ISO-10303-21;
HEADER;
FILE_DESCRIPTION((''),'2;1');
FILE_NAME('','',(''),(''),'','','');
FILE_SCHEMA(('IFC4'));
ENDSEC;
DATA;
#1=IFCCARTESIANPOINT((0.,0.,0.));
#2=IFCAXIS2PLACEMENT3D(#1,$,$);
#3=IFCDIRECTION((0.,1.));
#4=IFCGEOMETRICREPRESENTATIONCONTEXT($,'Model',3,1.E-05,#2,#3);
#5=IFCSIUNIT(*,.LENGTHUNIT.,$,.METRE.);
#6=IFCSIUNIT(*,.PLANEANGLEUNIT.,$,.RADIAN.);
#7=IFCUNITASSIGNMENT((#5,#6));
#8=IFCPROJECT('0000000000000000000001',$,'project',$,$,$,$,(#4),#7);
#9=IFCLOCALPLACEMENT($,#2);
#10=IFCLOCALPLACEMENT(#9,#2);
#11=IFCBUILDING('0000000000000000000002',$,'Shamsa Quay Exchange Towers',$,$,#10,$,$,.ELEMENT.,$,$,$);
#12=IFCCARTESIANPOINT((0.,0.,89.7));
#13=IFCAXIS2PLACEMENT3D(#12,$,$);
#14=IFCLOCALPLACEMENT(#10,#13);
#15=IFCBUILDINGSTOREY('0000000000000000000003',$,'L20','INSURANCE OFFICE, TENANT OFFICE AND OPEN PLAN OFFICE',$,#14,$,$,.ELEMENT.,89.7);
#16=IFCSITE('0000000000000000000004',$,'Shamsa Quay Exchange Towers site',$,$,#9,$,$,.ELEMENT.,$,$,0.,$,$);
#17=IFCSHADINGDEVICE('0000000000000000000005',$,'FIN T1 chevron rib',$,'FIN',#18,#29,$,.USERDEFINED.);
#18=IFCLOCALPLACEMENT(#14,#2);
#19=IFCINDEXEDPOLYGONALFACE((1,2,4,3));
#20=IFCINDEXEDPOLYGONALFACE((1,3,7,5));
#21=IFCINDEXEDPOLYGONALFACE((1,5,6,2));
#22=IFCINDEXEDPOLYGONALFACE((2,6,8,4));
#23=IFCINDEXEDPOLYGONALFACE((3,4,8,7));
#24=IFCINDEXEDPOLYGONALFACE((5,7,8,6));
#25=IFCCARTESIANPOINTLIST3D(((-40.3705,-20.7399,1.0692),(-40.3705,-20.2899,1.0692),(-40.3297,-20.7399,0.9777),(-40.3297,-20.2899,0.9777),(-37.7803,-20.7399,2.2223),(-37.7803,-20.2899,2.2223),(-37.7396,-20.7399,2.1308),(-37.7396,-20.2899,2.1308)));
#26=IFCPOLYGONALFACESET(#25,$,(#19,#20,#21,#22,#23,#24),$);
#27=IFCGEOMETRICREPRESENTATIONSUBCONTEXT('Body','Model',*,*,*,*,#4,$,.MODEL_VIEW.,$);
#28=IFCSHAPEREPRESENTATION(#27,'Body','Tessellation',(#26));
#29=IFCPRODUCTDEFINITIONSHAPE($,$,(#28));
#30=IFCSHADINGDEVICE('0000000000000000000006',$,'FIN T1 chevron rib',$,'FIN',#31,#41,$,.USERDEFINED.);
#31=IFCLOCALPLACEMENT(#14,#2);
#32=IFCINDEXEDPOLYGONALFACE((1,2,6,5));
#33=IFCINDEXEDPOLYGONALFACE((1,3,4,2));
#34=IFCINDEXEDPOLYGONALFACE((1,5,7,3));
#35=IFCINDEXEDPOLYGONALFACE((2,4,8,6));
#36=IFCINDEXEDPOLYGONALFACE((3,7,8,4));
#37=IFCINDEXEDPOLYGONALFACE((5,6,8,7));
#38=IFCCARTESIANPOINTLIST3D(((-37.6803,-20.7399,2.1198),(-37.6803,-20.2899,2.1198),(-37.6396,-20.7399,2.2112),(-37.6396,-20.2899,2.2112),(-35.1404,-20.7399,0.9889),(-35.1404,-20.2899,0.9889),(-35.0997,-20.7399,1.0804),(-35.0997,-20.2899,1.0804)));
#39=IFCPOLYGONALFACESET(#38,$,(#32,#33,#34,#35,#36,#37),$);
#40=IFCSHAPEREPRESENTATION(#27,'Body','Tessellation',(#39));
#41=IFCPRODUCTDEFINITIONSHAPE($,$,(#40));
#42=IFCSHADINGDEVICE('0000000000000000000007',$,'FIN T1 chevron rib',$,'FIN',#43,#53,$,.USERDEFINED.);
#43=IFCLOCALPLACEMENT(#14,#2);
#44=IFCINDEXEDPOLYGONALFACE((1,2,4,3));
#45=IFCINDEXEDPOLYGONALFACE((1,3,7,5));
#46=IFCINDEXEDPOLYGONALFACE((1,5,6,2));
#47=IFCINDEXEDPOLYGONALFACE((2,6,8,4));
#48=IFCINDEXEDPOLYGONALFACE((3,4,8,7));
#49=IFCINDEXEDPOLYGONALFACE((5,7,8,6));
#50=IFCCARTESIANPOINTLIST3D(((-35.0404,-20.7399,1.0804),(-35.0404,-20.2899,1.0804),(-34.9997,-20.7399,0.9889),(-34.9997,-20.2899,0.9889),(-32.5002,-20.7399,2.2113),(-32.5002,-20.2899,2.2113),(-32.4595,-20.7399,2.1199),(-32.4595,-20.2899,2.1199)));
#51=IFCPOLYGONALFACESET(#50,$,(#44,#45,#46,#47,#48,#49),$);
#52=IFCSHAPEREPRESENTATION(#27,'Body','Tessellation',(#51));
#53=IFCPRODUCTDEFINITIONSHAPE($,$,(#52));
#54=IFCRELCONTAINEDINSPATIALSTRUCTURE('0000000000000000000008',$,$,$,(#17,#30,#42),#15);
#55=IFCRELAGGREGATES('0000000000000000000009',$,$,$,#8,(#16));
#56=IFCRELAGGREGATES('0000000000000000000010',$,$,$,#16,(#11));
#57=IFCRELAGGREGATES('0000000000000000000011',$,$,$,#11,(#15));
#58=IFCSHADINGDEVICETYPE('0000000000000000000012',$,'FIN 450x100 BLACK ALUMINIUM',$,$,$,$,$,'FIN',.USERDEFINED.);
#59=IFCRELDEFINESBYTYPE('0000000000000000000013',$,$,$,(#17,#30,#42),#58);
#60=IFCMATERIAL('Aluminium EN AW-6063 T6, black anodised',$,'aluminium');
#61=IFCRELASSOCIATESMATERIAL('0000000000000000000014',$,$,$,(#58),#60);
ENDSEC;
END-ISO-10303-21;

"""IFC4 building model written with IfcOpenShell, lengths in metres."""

from ifc_helpers import new_model, si_unit, direction, frame, origin, origin_2d, place, context, subcontext, project, spatial, rectangle, extrude, material, material_profile, profile_set, type_object, element, save


model = new_model("IFC4")

# Units and contexts
model_context = context("Model", 3, precision=1e-05, world=origin(), true_north=direction((0.0, 1.0)))
body_context = subcontext(model_context, "Body", "Model", "MODEL_VIEW")
ifc_project = project(units=[si_unit("LENGTHUNIT", "METRE"), si_unit("PLANEANGLEUNIT", "RADIAN")], contexts=[model_context])

# Site, building, storey
site_placement = place(None, origin())
site = spatial("IfcSite", under=ifc_project, at=site_placement, Name="Shamsa Quay Exchange Towers site", CompositionType="ELEMENT", RefElevation=0.0)
building_placement = place(site_placement, origin())
building = spatial("IfcBuilding", under=site, at=building_placement, Name="Shamsa Quay Exchange Towers", CompositionType="ELEMENT")
storey_placement = place(building_placement, frame((0.0, 0.0, 89.7)))
storey = spatial("IfcBuildingStorey", under=building, at=storey_placement, Name="L20", Description="INSURANCE OFFICE, TENANT OFFICE AND OPEN PLAN OFFICE", CompositionType="ELEMENT", Elevation=89.7)

# Shared definitions
ifc_material_1 = material(Name="Aluminium EN AW-6063 T6, black anodised", Category="aluminium")

# Shading devices
ifc_material_profile_1 = material_profile(ifc_material_1, rectangle(XDim=0.45, YDim=0.1001, at=origin_2d()), Name="FIN450x100")
ifc_profile_set_1 = profile_set([ifc_material_profile_1], Name="Aluminium EN AW-6063 T6, black anodised")
shading_device_type = type_object("IfcShadingDeviceType", Name="FIN 450x100 BLACK ALUMINIUM", ElementType="FIN", PredefinedType="USERDEFINED", material=ifc_profile_set_1)
shading_device_1_placement = place(storey_placement, frame((-40.3501, -20.5149, 1.0234), z_axis=(0.913559, 0.0, 0.406706), x_axis=(0.0, 1.0, 0.0)))
element("IfcShadingDevice", 1, at=shading_device_1_placement, inside=storey, type_object=shading_device_type, Name="FIN T1 chevron rib", ObjectType="FIN", PredefinedType="USERDEFINED", context=body_context, shape_type="SweptSolid", body=[
    extrude(rectangle(XDim=0.45, YDim=0.1001, at=origin_2d()), origin(), (0.0, 0.0, 1.0), 2.8352),
])
shading_device_2_placement = place(storey_placement, frame((-37.6599, -20.5149, 2.1655), z_axis=(0.913536, 0.0, -0.406758), x_axis=(0.0, 1.0, 0.0)))
element("IfcShadingDevice", 2, at=shading_device_2_placement, inside=storey, type_object=shading_device_type, Name="FIN T1 chevron rib", ObjectType="FIN", PredefinedType="USERDEFINED", context=body_context, shape_type="SweptSolid", body=[
    extrude(rectangle(XDim=0.45, YDim=0.1001, at=origin_2d()), origin(), (0.0, 0.0, 1.0), 2.7803),
])
shading_device_3_placement = place(storey_placement, frame((-35.02, -20.5149, 1.0347), z_axis=(0.913551, 0.0, 0.406725), x_axis=(0.0, 1.0, 0.0)))
element("IfcShadingDevice", 3, at=shading_device_3_placement, inside=storey, type_object=shading_device_type, Name="FIN T1 chevron rib", ObjectType="FIN", PredefinedType="USERDEFINED", context=body_context, shape_type="SweptSolid", body=[
    extrude(rectangle(XDim=0.45, YDim=0.1001, at=origin_2d()), origin(), (0.0, 0.0, 1.0), 2.7805),
])

save(model, "model.ifc")
